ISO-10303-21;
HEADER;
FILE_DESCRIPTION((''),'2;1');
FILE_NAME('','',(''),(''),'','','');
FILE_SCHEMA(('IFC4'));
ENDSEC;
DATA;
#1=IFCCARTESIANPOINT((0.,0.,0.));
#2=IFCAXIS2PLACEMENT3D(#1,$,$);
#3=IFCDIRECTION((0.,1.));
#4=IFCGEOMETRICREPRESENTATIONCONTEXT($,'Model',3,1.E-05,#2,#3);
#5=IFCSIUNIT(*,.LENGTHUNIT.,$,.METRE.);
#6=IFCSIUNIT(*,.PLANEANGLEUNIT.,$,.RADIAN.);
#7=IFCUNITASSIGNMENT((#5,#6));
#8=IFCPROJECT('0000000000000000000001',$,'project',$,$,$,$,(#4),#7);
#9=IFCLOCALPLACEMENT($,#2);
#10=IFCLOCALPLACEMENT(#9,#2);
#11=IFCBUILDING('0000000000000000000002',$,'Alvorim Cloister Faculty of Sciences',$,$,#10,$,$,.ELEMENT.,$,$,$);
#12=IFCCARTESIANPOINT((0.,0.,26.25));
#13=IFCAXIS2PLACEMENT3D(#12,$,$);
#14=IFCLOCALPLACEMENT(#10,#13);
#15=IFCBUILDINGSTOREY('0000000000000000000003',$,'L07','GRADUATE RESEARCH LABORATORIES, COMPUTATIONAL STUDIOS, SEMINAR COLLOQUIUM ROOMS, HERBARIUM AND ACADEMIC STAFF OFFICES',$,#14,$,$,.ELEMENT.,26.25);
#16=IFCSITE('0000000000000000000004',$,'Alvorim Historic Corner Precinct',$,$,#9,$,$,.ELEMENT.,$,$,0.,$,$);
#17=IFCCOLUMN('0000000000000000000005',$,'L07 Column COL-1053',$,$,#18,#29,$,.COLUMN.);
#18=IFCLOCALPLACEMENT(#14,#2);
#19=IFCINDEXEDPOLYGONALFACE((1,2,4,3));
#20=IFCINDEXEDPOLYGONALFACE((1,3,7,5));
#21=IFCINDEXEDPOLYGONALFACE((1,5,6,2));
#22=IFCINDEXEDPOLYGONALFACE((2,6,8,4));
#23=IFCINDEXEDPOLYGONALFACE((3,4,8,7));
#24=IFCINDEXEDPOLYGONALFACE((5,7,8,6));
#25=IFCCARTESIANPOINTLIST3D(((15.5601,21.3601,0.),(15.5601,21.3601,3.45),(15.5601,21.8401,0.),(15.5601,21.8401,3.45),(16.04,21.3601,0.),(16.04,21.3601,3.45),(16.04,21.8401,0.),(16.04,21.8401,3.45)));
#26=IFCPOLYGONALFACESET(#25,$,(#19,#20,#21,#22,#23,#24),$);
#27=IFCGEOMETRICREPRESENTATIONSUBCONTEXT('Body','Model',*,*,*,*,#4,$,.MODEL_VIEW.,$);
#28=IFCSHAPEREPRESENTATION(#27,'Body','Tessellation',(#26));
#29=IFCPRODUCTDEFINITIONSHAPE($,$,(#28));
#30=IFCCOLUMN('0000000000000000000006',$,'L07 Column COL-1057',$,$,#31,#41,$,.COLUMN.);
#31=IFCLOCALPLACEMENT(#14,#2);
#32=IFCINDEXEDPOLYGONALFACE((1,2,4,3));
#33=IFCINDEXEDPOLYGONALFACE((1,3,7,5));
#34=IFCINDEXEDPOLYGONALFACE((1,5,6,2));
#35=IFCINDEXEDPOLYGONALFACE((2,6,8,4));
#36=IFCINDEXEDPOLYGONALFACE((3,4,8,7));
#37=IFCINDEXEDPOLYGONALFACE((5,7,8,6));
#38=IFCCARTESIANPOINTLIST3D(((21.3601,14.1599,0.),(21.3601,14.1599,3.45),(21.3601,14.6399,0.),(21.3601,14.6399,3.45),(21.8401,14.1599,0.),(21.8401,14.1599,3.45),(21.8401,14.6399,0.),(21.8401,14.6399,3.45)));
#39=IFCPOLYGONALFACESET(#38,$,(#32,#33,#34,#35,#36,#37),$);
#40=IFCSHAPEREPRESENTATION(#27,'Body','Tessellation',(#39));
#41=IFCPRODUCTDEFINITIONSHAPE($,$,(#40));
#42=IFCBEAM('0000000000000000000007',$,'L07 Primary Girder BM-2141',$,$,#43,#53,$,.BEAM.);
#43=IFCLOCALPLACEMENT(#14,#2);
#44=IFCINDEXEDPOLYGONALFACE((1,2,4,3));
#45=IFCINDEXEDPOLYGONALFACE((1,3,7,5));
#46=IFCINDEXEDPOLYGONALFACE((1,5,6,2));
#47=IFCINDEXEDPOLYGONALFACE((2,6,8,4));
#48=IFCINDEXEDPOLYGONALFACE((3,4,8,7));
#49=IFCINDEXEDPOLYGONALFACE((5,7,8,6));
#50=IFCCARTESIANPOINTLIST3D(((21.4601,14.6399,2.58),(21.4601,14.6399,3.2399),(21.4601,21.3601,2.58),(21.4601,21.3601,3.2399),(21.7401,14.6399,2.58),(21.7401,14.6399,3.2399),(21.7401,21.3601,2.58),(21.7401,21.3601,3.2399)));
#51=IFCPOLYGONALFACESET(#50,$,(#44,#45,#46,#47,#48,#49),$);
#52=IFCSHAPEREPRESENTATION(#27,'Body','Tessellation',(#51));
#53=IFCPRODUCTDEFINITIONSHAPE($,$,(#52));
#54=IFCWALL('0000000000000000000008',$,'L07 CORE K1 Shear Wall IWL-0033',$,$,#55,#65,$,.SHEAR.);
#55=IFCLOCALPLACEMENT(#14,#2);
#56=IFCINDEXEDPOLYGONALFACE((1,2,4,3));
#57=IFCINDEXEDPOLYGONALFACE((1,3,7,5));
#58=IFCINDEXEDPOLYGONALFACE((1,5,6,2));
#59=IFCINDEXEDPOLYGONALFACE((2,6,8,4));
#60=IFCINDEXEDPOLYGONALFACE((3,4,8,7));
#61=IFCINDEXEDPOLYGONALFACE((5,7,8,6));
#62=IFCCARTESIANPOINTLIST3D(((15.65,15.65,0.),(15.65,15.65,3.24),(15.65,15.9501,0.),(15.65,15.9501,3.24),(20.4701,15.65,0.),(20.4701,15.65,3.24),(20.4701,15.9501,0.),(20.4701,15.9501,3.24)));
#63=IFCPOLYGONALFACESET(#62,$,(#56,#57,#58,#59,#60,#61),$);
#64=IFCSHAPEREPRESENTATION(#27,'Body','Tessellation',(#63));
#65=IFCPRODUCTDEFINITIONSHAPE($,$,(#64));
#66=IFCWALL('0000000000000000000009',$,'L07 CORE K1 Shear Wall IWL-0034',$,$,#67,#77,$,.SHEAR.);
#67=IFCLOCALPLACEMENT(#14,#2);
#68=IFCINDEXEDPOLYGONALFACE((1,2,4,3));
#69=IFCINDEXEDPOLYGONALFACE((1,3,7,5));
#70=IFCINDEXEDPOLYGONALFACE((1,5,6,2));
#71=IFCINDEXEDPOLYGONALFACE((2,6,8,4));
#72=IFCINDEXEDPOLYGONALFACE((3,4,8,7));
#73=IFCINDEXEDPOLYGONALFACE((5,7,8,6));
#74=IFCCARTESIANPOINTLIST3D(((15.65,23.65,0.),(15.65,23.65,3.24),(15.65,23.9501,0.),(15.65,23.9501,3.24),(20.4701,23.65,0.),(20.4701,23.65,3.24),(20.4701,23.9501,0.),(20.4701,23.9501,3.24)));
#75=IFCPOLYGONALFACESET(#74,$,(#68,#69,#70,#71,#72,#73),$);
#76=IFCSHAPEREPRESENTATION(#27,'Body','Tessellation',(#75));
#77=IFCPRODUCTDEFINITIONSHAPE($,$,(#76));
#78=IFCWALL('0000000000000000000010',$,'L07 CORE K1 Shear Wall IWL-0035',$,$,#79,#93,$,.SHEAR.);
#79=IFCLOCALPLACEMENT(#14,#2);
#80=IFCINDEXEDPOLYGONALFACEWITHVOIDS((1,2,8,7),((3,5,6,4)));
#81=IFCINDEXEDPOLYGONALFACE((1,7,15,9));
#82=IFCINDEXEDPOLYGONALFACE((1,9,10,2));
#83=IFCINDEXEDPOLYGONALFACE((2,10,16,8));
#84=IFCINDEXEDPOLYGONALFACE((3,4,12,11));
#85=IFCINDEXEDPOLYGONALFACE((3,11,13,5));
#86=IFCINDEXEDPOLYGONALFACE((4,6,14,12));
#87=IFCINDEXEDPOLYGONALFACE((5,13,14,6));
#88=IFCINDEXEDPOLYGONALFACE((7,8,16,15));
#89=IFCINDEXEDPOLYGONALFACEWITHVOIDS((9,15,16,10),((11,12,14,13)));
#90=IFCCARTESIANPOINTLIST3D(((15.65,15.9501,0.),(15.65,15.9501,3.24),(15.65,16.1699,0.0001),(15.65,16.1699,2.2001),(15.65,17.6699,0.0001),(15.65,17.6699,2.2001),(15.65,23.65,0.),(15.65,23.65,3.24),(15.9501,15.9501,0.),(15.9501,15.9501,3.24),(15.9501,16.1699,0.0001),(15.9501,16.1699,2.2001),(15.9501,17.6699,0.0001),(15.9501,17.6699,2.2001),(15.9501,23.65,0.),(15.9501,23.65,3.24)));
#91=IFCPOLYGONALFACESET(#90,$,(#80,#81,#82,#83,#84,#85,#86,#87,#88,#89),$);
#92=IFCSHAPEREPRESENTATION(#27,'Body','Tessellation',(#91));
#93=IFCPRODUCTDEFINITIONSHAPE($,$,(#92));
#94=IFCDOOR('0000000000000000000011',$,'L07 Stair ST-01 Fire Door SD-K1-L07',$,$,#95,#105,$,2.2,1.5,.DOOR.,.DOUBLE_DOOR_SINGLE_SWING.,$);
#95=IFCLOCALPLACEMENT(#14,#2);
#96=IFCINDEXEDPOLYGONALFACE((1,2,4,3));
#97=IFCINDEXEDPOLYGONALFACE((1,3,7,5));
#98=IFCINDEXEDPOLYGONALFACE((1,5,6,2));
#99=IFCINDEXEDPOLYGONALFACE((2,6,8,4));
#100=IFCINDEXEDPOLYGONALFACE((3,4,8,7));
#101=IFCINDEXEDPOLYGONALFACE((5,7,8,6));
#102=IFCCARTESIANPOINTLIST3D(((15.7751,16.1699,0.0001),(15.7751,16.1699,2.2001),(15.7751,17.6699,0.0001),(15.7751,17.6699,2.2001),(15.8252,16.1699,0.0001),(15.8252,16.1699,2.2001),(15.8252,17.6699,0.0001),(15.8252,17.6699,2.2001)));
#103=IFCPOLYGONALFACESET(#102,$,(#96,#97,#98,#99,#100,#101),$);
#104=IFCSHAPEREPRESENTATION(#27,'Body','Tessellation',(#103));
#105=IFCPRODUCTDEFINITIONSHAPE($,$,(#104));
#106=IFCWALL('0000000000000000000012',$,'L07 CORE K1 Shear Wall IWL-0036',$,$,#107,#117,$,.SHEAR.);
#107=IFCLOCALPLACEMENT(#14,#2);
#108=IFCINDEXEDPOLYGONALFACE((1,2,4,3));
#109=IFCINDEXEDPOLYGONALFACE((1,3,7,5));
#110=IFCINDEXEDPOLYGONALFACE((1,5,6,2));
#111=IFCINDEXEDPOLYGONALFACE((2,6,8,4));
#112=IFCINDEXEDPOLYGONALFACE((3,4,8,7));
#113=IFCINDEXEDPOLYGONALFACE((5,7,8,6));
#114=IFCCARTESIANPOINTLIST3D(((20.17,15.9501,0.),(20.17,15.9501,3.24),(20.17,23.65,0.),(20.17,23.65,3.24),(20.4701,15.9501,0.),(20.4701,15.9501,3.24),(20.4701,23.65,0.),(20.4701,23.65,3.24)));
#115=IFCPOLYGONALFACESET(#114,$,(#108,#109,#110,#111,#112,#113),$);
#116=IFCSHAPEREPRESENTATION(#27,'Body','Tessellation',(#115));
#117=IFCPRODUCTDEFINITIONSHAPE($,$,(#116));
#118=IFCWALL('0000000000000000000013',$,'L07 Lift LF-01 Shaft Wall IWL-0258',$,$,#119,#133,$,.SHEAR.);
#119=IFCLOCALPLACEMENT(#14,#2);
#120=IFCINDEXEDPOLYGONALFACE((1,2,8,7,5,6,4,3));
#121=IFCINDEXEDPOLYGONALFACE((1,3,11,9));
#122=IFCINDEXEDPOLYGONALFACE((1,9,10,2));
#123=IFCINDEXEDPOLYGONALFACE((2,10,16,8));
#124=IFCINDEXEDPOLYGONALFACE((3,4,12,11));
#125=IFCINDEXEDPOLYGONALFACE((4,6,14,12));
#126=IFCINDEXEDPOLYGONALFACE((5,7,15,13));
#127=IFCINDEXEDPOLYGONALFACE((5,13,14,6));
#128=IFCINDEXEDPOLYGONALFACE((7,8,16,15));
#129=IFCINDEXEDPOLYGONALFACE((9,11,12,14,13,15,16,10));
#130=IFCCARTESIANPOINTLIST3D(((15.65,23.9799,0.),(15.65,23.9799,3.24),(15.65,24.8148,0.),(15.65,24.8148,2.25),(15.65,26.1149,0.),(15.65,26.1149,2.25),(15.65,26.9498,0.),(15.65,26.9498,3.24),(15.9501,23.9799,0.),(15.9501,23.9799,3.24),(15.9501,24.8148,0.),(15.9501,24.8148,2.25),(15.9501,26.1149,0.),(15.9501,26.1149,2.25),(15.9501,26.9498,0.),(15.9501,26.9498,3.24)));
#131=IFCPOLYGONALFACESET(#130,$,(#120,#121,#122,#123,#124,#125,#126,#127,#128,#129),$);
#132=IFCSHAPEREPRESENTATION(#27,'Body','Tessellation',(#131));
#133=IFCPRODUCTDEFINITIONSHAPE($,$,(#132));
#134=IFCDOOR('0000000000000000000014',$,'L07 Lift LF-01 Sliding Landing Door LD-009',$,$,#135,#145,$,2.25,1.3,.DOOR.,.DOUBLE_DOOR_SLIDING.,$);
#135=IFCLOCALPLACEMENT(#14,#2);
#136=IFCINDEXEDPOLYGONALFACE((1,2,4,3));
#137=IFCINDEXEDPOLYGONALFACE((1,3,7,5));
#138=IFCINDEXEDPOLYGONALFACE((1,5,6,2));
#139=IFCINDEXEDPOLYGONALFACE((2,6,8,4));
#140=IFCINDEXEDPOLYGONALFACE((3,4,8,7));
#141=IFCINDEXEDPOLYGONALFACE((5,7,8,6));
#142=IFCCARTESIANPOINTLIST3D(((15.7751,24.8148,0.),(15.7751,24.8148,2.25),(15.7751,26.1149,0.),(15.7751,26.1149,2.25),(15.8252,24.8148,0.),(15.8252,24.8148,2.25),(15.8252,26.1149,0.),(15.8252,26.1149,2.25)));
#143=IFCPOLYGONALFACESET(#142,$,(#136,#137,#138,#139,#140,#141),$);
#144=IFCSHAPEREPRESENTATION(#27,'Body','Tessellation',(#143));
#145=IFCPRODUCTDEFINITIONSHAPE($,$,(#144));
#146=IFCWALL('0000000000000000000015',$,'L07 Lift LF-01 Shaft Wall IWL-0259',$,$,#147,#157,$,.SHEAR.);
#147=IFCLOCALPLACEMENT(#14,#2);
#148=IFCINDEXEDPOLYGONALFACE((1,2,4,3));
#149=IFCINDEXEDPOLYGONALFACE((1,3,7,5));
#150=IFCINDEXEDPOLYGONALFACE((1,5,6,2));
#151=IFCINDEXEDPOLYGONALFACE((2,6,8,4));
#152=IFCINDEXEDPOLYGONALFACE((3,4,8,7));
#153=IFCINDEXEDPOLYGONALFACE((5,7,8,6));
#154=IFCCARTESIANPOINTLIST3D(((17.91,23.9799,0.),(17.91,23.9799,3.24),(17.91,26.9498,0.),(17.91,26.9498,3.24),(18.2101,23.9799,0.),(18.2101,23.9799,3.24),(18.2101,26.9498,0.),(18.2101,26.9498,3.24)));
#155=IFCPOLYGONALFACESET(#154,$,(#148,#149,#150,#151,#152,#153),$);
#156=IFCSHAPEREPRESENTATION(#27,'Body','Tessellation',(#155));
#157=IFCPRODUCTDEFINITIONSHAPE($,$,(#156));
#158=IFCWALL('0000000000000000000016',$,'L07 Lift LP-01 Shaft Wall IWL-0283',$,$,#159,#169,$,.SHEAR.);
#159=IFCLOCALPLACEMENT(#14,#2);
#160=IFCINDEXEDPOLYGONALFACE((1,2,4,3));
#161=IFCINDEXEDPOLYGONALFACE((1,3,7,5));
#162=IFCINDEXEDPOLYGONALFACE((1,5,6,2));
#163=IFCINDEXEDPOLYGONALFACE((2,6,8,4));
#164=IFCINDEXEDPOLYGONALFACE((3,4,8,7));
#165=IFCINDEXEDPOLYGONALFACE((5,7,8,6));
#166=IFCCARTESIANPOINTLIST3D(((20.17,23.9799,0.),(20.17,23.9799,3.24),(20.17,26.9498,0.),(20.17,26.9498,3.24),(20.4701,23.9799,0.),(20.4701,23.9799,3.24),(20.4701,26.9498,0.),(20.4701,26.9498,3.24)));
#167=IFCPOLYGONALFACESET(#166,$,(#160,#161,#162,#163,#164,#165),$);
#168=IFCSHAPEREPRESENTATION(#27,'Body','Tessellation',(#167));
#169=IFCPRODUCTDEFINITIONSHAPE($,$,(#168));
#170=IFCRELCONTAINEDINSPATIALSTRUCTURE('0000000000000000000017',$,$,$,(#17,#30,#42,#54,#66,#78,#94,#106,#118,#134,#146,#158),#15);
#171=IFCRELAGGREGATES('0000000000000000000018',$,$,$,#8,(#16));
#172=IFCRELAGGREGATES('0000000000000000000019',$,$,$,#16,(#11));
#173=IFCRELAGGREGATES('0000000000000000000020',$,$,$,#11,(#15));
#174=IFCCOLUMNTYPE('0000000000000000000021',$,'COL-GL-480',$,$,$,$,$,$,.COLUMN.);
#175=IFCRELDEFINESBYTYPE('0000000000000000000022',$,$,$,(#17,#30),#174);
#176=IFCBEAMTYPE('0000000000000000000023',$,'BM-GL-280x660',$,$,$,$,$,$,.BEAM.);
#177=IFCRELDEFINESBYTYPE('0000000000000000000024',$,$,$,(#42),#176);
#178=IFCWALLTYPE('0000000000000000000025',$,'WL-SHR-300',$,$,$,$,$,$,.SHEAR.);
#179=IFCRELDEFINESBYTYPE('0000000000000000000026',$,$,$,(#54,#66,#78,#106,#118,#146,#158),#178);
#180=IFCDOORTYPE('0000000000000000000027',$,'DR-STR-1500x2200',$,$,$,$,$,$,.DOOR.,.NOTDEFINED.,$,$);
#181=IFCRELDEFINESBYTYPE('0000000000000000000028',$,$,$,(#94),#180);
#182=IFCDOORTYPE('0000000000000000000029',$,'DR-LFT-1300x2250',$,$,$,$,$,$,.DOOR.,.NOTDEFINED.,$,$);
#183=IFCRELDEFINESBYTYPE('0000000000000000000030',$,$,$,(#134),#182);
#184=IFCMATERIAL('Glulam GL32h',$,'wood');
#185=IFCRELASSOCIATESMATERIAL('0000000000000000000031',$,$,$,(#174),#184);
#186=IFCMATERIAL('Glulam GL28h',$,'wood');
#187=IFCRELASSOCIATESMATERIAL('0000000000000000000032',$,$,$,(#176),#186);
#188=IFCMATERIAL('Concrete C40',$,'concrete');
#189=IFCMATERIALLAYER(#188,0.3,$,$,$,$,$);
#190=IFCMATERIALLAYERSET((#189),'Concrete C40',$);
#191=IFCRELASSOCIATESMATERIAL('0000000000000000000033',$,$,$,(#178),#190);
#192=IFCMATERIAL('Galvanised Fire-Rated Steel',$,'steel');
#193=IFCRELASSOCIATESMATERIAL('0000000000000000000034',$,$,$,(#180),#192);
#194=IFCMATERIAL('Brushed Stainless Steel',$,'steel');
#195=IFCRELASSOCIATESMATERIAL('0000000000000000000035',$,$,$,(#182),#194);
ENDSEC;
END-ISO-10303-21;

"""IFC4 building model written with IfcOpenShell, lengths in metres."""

from ifc_helpers import new_model, si_unit, direction, frame, frame_2d, origin, origin_2d, place, context, subcontext, project, spatial, rectangle, extrude, material, layer, layer_set, material_profile, profile_set, type_object, element, fill, save


model = new_model("IFC4")

# Units and contexts
model_context = context("Model", 3, precision=1e-05, world=origin(), true_north=direction((0.0, 1.0)))
body_context = subcontext(model_context, "Body", "Model", "MODEL_VIEW")
ifc_project = project(units=[si_unit("LENGTHUNIT", "METRE"), si_unit("PLANEANGLEUNIT", "RADIAN")], contexts=[model_context])

# Site, building, storey
site_placement = place(None, origin())
site = spatial("IfcSite", under=ifc_project, at=site_placement, Name="Alvorim Historic Corner Precinct", CompositionType="ELEMENT", RefElevation=0.0)
building_placement = place(site_placement, origin())
building = spatial("IfcBuilding", under=site, at=building_placement, Name="Alvorim Cloister Faculty of Sciences", CompositionType="ELEMENT")
storey_placement = place(building_placement, frame((0.0, 0.0, 26.25)))
storey = spatial("IfcBuildingStorey", under=building, at=storey_placement, Name="L07", Description="GRADUATE RESEARCH LABORATORIES, COMPUTATIONAL STUDIOS, SEMINAR COLLOQUIUM ROOMS, HERBARIUM AND ACADEMIC STAFF OFFICES", CompositionType="ELEMENT", Elevation=26.25)

# Columns
ifc_material_1 = material(Name="Glulam GL32h", Category="wood")
ifc_material_profile_1 = material_profile(ifc_material_1, rectangle(XDim=0.48, YDim=0.48, at=origin_2d()), Name="GL32-COL-480x480")
ifc_profile_set_1 = profile_set([ifc_material_profile_1], Name="Glulam GL32h")
column_type = type_object("IfcColumnType", Name="COL-GL-480", PredefinedType="COLUMN", material=ifc_profile_set_1)
for number, where, z_axis, x_axis, name in (
    (1, (15.8, 21.6001, 0.0), (0.0, 0.0, 1.0), (1.0, 0.0, 0.0), "L07 Column COL-1053"),
    (2, (21.6001, 14.3999, 0.0), (0.0, 0.0, 1.0), (1.0, 0.0, 0.0), "L07 Column COL-1057"),
):
    element("IfcColumn", number, at=place(storey_placement, frame(where, z_axis=z_axis, x_axis=x_axis)), inside=storey, type_object=column_type, Name=name, PredefinedType="COLUMN", context=body_context, shape_type="SweptSolid", body=[
        extrude(rectangle(XDim=0.48, YDim=0.48, at=origin_2d()), origin(), (0.0, 0.0, 1.0), 3.45),
    ])

# Beam
ifc_material_2 = material(Name="Glulam GL28h", Category="wood")
ifc_material_profile_2 = material_profile(ifc_material_2, rectangle(XDim=0.28, YDim=0.6599, at=origin_2d()), Name="GL28-BM-280x660")
ifc_profile_set_2 = profile_set([ifc_material_profile_2], Name="Glulam GL28h")
beam_type = type_object("IfcBeamType", Name="BM-GL-280x660", PredefinedType="BEAM", material=ifc_profile_set_2)
beam_placement = place(storey_placement, frame((21.6001, 14.6399, 2.9099), z_axis=(0.0, 1.0, 0.0), x_axis=(-1.0, 0.0, 0.0)))
element("IfcBeam", 3, at=beam_placement, inside=storey, type_object=beam_type, Name="L07 Primary Girder BM-2141", PredefinedType="BEAM", context=body_context, shape_type="SweptSolid", body=[
    extrude(rectangle(XDim=0.28, YDim=0.6599, at=origin_2d()), origin(), (0.0, 0.0, 1.0), 6.7202),
])

# Walls
ifc_material_3 = material(Name="Concrete C40", Category="concrete")
ifc_layer = layer(ifc_material_3, 0.3)
ifc_layer_set = layer_set([ifc_layer], Name="Concrete C40")
wall_type = type_object("IfcWallType", Name="WL-SHR-300", PredefinedType="SHEAR", material=ifc_layer_set)
for number, where, z_axis, x_axis, name in (
    (4, (15.6499, 15.8, 0.0), (0.0, 0.0, 1.0), (1.0, 0.0, 0.0), "L07 CORE K1 Shear Wall IWL-0033"),
    (5, (15.6499, 23.8, 0.0), (0.0, 0.0, 1.0), (1.0, 0.0, 0.0), "L07 CORE K1 Shear Wall IWL-0034"),
):
    element("IfcWall", number, at=place(storey_placement, frame(where, z_axis=z_axis, x_axis=x_axis)), inside=storey, type_object=wall_type, Name=name, PredefinedType="SHEAR", context=body_context, shape_type="SweptSolid", body=[
        extrude(rectangle(XDim=4.8201, YDim=0.3, at=frame_2d((2.4102, 0.0))), origin(), (0.0, 0.0, 1.0), 3.24),
    ])

# Wall, opening, door
wall_1_placement = place(storey_placement, frame((15.8, 15.95, 0.0), z_axis=(0.0, 0.0, 1.0), x_axis=(0.0, 1.0, 0.0)))
wall_1 = element("IfcWall", 6, at=wall_1_placement, inside=storey, type_object=wall_type, Name="L07 CORE K1 Shear Wall IWL-0035", PredefinedType="SHEAR", context=body_context, shape_type="SweptSolid", body=[
    extrude(rectangle(XDim=7.7, YDim=0.3, at=frame_2d((3.8501, 0.0))), origin(), (0.0, 0.0, 1.0), 3.24),
])
opening_1_placement = place(wall_1_placement, frame((0.22, 0.0, 0.0)))
opening_1 = element("IfcOpeningElement", 7, at=opening_1_placement, cuts=wall_1, PredefinedType="OPENING", context=body_context, shape_type="SweptSolid", body=[
    extrude(rectangle(XDim=1.5, YDim=2.2, at=frame_2d((0.75, 1.1001))), frame((0.0, 0.1621, 0.0), z_axis=(0.0, -1.0, 0.0), x_axis=(1.0, 0.0, 0.0)), (0.0, 0.0, 1.0), 0.324),
])
ifc_material_4 = material(Name="Galvanised Fire-Rated Steel", Category="steel")
door_type_1 = type_object("IfcDoorType", Name="DR-STR-1500x2200", OperationType="NOTDEFINED", PredefinedType="DOOR", material=ifc_material_4)
door_1_placement = place(opening_1_placement, origin())
door_1 = element("IfcDoor", 8, at=door_1_placement, inside=storey, type_object=door_type_1, Name="L07 Stair ST-01 Fire Door SD-K1-L07", OperationType="DOUBLE_DOOR_SINGLE_SWING", OverallHeight=2.2, OverallWidth=1.5, PredefinedType="DOOR", context=body_context, shape_type="SweptSolid", body=[
    extrude(rectangle(XDim=1.5, YDim=2.2, at=frame_2d((0.75, 1.1001))), frame((0.0, 0.0249, 0.0), z_axis=(0.0, -1.0, 0.0), x_axis=(1.0, 0.0, 0.0)), (0.0, 0.0, 1.0), 0.05),
])
fill(opening_1, door_1)

# Wall
wall_2_placement = place(storey_placement, frame((20.3201, 15.95, 0.0), z_axis=(0.0, 0.0, 1.0), x_axis=(0.0, 1.0, 0.0)))
element("IfcWall", 9, at=wall_2_placement, inside=storey, type_object=wall_type, Name="L07 CORE K1 Shear Wall IWL-0036", PredefinedType="SHEAR", context=body_context, shape_type="SweptSolid", body=[
    extrude(rectangle(XDim=7.7, YDim=0.3, at=frame_2d((3.8501, 0.0))), origin(), (0.0, 0.0, 1.0), 3.24),
])

# Wall, opening, door
wall_3_placement = place(storey_placement, frame((15.8, 23.98, 0.0), z_axis=(0.0, 0.0, 1.0), x_axis=(0.0, 1.0, 0.0)))
wall_3 = element("IfcWall", 10, at=wall_3_placement, inside=storey, type_object=wall_type, Name="L07 Lift LF-01 Shaft Wall IWL-0258", PredefinedType="SHEAR", context=body_context, shape_type="SweptSolid", body=[
    extrude(rectangle(XDim=2.97, YDim=0.3, at=frame_2d((1.4849, 0.0))), origin(), (0.0, 0.0, 1.0), 3.24),
])
opening_2_placement = place(wall_3_placement, frame((0.835, 0.0, 0.0)))
opening_2 = element("IfcOpeningElement", 11, at=opening_2_placement, cuts=wall_3, PredefinedType="OPENING", context=body_context, shape_type="SweptSolid", body=[
    extrude(rectangle(XDim=1.3, YDim=2.25, at=frame_2d((0.6499, 1.125))), frame((0.0, 0.1621, 0.0), z_axis=(0.0, -1.0, 0.0), x_axis=(1.0, 0.0, 0.0)), (0.0, 0.0, 1.0), 0.324),
])
ifc_material_5 = material(Name="Brushed Stainless Steel", Category="steel")
door_type_2 = type_object("IfcDoorType", Name="DR-LFT-1300x2250", OperationType="NOTDEFINED", PredefinedType="DOOR", material=ifc_material_5)
door_2_placement = place(opening_2_placement, origin())
door_2 = element("IfcDoor", 12, at=door_2_placement, inside=storey, type_object=door_type_2, Name="L07 Lift LF-01 Sliding Landing Door LD-009", OperationType="DOUBLE_DOOR_SLIDING", OverallHeight=2.25, OverallWidth=1.3, PredefinedType="DOOR", context=body_context, shape_type="SweptSolid", body=[
    extrude(rectangle(XDim=1.3, YDim=2.25, at=frame_2d((0.6499, 1.125))), frame((0.0, 0.0249, 0.0), z_axis=(0.0, -1.0, 0.0), x_axis=(1.0, 0.0, 0.0)), (0.0, 0.0, 1.0), 0.05),
])
fill(opening_2, door_2)

# Walls
for number, where, z_axis, x_axis, name in (
    (13, (18.0601, 23.98, 0.0), (0.0, 0.0, 1.0), (0.0, 1.0, 0.0), "L07 Lift LF-01 Shaft Wall IWL-0259"),
    (14, (20.3201, 23.98, 0.0), (0.0, 0.0, 1.0), (0.0, 1.0, 0.0), "L07 Lift LP-01 Shaft Wall IWL-0283"),
):
    element("IfcWall", number, at=place(storey_placement, frame(where, z_axis=z_axis, x_axis=x_axis)), inside=storey, type_object=wall_type, Name=name, PredefinedType="SHEAR", context=body_context, shape_type="SweptSolid", body=[
        extrude(rectangle(XDim=2.97, YDim=0.3, at=frame_2d((1.4849, 0.0))), origin(), (0.0, 0.0, 1.0), 3.24),
    ])

save(model, "model.ifc")
